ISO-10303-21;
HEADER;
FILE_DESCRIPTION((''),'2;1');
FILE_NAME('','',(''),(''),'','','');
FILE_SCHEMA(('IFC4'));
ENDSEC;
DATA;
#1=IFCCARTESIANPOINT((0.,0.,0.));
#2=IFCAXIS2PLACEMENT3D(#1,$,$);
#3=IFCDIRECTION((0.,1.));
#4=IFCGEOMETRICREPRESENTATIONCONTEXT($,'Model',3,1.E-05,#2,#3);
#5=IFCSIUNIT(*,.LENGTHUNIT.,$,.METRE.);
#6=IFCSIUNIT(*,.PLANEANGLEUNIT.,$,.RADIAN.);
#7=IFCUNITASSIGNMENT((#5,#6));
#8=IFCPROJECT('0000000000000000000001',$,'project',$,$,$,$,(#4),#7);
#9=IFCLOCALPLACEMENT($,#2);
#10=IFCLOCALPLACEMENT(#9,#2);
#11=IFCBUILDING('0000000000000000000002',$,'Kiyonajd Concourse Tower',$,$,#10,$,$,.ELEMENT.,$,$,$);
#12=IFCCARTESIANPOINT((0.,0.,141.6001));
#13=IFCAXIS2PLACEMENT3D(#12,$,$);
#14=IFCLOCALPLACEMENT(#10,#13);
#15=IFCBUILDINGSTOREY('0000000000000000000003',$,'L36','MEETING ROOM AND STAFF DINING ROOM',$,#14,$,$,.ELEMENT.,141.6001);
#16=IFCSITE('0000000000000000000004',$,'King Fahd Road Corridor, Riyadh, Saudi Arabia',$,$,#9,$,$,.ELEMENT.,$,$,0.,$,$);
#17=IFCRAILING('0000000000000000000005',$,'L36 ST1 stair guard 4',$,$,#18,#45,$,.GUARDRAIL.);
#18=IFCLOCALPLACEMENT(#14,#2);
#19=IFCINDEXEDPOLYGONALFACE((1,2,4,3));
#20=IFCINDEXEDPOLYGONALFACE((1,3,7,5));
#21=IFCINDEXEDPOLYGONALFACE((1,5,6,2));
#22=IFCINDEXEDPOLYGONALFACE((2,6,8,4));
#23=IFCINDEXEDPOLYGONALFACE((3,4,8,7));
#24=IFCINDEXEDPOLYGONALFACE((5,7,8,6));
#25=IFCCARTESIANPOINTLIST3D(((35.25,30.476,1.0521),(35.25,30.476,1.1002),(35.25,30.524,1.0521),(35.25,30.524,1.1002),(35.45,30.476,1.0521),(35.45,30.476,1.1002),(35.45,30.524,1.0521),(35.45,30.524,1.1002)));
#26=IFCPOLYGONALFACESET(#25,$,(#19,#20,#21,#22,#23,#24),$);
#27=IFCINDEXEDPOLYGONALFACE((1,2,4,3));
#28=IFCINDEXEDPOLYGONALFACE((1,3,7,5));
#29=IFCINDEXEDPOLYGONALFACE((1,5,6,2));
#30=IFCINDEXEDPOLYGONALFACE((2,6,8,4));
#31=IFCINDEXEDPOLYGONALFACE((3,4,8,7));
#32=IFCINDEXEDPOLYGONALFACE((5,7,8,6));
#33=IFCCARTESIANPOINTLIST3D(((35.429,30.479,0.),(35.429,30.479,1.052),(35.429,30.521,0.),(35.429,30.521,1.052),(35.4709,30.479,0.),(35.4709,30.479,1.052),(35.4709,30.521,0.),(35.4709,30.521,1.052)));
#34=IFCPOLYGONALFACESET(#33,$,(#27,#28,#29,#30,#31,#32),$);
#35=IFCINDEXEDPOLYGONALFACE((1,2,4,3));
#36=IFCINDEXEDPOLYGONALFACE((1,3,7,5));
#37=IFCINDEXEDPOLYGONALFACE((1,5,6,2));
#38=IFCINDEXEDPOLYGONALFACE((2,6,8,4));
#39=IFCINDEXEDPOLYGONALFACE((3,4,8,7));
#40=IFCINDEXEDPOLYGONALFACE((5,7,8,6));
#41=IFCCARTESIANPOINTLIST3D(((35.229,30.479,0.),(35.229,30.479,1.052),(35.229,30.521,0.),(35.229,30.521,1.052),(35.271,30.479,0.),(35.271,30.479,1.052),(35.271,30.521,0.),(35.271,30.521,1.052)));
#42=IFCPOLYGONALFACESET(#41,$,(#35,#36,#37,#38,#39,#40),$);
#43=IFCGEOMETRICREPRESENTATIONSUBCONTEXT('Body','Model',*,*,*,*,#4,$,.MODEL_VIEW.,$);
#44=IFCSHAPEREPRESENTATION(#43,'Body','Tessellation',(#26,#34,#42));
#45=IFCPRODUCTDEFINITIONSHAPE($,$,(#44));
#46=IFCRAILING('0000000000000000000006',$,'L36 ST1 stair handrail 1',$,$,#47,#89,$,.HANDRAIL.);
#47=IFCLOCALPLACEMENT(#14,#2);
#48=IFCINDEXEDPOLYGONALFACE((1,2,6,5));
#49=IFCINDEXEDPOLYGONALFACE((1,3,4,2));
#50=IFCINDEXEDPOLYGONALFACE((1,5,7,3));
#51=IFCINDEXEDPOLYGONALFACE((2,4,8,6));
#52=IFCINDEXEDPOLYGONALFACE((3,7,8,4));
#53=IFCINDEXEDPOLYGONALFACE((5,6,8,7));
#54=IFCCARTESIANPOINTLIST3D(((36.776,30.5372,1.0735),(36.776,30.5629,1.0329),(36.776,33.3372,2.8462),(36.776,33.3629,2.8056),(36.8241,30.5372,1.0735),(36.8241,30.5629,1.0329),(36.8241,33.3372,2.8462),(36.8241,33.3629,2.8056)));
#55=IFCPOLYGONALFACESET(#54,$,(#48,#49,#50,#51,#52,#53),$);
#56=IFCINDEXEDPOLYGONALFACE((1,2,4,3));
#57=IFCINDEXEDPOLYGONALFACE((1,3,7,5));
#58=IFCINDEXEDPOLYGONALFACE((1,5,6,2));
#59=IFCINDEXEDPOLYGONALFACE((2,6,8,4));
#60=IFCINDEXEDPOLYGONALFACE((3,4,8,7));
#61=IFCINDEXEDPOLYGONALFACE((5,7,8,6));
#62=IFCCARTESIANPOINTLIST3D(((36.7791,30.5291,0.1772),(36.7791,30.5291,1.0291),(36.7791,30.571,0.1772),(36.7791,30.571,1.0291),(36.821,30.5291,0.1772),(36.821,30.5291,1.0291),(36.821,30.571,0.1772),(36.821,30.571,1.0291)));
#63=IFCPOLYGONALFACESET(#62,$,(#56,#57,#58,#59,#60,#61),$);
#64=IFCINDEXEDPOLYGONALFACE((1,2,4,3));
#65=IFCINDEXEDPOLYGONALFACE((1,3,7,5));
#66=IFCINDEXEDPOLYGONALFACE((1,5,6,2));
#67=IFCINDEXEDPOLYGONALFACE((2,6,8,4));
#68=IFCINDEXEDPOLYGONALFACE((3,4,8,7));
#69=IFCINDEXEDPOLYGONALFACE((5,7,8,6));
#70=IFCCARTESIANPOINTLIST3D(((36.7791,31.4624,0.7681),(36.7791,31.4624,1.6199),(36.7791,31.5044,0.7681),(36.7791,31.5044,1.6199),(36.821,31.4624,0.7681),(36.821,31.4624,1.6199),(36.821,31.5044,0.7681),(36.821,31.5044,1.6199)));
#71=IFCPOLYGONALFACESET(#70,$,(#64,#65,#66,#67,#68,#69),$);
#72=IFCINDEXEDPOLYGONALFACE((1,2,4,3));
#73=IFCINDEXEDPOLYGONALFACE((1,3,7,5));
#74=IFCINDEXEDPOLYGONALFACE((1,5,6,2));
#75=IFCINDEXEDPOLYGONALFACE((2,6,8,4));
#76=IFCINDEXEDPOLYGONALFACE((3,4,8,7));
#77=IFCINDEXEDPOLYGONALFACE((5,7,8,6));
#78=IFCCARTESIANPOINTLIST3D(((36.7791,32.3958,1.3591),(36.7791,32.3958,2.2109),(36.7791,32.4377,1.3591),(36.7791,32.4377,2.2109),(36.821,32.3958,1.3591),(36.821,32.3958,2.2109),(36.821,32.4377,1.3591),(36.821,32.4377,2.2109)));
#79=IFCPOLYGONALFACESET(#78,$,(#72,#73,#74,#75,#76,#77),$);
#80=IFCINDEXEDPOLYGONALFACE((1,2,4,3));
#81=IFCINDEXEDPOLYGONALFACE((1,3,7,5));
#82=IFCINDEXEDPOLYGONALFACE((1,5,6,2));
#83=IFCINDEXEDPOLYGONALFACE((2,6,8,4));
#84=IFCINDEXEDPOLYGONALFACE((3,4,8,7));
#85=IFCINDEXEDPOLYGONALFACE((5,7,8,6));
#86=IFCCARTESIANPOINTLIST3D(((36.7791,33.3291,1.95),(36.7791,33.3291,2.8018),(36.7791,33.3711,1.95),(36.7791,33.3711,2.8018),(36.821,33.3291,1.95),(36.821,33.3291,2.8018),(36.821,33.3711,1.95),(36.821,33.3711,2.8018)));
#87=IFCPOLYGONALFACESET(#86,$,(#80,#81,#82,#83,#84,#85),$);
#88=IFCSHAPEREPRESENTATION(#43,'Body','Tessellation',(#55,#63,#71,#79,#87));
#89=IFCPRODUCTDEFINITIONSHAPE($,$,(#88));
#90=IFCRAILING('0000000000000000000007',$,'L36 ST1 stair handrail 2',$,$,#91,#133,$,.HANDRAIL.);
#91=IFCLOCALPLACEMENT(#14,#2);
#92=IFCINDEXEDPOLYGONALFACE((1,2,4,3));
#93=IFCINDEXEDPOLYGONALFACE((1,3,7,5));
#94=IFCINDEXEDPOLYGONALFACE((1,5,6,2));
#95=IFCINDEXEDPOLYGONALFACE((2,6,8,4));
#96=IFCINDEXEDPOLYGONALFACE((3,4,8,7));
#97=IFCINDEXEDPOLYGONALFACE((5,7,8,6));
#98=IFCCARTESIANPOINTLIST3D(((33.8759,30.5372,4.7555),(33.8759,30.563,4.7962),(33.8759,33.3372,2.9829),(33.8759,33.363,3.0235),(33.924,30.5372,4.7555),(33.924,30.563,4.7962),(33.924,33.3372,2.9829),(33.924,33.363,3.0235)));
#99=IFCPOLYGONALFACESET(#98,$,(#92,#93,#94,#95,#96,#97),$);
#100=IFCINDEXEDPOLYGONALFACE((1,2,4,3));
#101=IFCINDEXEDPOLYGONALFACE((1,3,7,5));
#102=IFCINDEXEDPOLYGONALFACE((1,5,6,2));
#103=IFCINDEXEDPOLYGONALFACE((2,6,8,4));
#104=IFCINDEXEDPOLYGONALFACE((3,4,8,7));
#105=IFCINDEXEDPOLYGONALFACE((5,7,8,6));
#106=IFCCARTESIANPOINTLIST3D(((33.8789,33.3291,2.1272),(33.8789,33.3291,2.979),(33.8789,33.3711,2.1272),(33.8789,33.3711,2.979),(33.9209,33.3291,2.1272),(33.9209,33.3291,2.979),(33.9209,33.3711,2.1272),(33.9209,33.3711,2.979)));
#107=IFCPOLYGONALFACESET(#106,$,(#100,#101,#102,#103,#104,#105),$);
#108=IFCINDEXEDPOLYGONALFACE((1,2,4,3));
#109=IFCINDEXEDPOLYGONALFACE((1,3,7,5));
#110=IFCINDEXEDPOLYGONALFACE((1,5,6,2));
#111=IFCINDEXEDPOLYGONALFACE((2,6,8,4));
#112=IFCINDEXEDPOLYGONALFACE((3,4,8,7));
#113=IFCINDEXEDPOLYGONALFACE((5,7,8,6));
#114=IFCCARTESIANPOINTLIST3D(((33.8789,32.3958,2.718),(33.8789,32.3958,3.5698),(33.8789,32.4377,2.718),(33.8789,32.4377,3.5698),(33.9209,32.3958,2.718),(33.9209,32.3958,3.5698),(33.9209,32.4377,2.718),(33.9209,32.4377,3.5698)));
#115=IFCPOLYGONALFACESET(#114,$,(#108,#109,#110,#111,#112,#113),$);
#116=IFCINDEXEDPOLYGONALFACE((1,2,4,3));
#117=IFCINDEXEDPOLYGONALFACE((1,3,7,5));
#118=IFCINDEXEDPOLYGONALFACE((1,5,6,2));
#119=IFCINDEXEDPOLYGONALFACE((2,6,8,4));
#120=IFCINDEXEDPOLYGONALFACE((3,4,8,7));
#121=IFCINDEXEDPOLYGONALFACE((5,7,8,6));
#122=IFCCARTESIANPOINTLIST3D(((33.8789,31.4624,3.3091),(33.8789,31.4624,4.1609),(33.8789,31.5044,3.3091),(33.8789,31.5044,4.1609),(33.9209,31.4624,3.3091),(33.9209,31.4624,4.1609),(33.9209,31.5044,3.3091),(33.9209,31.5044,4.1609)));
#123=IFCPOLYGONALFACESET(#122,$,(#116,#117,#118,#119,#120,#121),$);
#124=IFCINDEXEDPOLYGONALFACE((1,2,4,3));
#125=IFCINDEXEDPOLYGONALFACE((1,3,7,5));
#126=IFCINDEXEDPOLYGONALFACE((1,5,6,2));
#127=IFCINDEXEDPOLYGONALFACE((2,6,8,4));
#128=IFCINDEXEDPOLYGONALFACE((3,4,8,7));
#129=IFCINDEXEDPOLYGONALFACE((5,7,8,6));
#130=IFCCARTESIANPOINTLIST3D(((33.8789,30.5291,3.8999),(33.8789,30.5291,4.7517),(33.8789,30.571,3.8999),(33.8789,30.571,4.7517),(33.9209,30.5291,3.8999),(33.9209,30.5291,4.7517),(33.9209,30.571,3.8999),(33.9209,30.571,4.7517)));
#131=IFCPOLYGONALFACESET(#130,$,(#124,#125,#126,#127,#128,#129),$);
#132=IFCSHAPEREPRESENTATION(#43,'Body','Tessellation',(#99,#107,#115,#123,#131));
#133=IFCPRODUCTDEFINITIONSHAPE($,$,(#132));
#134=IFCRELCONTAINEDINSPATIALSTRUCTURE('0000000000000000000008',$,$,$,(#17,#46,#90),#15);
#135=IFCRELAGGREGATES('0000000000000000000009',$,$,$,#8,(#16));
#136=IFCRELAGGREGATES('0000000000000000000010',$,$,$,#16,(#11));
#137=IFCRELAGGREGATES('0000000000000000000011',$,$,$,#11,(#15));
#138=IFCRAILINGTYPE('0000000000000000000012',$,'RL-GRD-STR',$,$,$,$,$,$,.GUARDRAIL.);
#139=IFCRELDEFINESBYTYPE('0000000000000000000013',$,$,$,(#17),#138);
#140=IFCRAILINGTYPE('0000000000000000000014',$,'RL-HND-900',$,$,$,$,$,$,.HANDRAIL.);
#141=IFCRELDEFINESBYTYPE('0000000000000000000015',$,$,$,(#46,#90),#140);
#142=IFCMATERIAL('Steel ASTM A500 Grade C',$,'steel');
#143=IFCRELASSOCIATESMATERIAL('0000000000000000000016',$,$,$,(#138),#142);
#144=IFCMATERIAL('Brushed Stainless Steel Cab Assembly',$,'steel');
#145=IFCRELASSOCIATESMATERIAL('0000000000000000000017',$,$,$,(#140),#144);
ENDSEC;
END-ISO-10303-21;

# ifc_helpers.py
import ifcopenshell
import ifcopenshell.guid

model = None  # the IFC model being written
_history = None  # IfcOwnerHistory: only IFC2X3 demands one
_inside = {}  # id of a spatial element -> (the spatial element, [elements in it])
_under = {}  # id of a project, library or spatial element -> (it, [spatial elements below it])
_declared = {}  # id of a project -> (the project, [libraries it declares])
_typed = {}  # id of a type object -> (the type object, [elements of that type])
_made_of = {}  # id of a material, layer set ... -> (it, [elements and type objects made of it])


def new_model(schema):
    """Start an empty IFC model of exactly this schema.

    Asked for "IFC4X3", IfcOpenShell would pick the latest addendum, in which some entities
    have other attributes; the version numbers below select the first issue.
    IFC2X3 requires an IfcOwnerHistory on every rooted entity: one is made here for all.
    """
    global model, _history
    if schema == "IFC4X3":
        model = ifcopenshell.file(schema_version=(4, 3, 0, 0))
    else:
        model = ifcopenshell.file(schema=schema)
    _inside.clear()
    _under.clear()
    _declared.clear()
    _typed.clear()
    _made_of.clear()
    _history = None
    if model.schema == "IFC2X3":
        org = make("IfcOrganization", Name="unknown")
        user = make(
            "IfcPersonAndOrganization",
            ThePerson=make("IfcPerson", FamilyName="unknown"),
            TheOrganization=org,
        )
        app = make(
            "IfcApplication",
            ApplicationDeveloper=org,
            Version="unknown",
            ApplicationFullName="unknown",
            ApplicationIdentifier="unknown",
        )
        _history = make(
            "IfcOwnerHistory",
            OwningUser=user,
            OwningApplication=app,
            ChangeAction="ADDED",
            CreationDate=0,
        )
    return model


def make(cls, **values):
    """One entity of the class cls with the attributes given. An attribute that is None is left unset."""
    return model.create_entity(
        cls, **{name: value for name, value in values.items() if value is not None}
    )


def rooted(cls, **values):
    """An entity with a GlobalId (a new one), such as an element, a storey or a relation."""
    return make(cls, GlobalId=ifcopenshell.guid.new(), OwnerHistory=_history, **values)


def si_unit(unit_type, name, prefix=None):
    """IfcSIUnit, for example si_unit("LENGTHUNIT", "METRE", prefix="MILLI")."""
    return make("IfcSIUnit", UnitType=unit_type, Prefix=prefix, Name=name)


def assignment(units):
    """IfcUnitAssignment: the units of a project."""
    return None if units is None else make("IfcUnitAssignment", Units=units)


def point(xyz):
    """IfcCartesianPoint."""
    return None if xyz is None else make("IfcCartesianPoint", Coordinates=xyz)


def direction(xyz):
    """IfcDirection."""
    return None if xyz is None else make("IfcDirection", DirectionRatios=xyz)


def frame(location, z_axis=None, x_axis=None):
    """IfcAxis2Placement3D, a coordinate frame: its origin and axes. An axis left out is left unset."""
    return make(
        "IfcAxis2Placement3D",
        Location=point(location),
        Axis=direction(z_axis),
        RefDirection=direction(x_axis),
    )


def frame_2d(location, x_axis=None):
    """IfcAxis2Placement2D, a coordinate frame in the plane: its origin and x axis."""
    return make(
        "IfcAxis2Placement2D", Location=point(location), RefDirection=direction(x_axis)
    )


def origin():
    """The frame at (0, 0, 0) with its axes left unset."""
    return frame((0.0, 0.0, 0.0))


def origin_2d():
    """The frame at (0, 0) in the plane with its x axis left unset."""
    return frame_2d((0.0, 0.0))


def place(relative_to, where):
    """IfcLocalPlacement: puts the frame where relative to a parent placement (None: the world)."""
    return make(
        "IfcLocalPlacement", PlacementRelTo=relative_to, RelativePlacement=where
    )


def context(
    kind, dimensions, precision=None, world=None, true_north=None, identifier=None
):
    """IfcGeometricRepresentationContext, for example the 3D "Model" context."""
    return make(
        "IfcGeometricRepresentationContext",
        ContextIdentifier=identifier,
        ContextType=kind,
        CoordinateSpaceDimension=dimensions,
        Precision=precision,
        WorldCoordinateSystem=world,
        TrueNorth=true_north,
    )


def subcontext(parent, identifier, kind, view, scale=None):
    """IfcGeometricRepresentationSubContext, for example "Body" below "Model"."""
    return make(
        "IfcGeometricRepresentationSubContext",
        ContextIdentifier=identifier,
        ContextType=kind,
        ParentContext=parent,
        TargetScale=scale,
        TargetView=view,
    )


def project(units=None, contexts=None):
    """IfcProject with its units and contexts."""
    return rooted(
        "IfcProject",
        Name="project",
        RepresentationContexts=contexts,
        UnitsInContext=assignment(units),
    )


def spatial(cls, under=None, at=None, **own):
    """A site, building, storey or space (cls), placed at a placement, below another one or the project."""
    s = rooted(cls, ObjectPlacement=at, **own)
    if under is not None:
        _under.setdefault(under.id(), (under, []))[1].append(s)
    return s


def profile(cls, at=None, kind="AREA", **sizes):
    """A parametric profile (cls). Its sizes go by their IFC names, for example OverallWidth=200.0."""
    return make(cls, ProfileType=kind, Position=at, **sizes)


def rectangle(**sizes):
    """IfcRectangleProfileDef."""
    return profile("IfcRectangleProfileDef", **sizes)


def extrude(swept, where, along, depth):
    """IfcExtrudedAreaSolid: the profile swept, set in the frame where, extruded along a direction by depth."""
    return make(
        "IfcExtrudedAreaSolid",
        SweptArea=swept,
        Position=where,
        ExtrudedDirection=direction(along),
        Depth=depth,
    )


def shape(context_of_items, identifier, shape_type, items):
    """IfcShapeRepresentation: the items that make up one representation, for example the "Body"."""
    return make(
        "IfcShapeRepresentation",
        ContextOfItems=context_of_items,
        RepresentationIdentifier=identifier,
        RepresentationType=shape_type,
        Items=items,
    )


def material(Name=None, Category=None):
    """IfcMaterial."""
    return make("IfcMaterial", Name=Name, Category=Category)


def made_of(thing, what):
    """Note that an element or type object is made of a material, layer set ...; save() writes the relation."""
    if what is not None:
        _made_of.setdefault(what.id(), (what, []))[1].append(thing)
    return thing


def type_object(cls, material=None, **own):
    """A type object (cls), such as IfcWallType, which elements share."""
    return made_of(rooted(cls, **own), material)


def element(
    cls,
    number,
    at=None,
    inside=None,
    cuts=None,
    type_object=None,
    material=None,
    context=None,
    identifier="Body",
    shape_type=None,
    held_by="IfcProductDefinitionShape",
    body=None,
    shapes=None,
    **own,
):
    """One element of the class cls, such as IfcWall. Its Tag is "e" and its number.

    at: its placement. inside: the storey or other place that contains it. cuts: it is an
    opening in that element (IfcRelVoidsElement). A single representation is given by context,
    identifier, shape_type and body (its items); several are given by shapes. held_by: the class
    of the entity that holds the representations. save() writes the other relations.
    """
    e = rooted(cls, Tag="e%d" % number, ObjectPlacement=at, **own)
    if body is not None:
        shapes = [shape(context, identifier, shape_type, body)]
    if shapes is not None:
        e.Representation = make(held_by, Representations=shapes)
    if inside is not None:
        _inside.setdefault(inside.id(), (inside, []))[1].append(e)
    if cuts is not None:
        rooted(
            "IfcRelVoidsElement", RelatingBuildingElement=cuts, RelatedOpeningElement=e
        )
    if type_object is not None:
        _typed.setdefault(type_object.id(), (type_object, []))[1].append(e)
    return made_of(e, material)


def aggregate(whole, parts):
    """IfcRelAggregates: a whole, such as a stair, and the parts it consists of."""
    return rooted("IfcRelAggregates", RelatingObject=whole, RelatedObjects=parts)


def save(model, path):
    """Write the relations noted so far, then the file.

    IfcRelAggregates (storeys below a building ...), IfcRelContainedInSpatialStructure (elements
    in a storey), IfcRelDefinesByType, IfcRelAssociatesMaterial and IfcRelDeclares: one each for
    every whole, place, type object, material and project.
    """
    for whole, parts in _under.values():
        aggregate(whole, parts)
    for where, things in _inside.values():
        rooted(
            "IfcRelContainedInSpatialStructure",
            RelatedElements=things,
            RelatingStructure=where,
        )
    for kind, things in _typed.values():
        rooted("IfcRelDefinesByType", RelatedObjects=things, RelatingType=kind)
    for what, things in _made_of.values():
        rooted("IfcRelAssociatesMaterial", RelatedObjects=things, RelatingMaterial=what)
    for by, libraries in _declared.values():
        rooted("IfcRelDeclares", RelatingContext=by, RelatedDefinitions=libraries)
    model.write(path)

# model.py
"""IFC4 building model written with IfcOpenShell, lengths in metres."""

from ifc_helpers import new_model, si_unit, direction, frame, origin, origin_2d, place, context, subcontext, project, spatial, rectangle, extrude, material, type_object, element, save


model = new_model("IFC4")

# Units and contexts
model_context = context("Model", 3, precision=1e-05, world=origin(), true_north=direction((0.0, 1.0)))
body_context = subcontext(model_context, "Body", "Model", "MODEL_VIEW")
ifc_project = project(units=[si_unit("LENGTHUNIT", "METRE"), si_unit("PLANEANGLEUNIT", "RADIAN")], contexts=[model_context])

# Site, building, storey
site_placement = place(None, origin())
site = spatial("IfcSite", under=ifc_project, at=site_placement, Name="King Fahd Road Corridor, Riyadh, Saudi Arabia", CompositionType="ELEMENT", RefElevation=0.0)
building_placement = place(site_placement, origin())
building = spatial("IfcBuilding", under=site, at=building_placement, Name="Kiyonajd Concourse Tower", CompositionType="ELEMENT")
storey_placement = place(building_placement, frame((0.0, 0.0, 141.6001)))
storey = spatial("IfcBuildingStorey", under=building, at=storey_placement, Name="L36", Description="MEETING ROOM AND STAFF DINING ROOM", CompositionType="ELEMENT", Elevation=141.6001)

# Shared definitions
ifc_material_1 = material(Name="Brushed Stainless Steel Cab Assembly", Category="steel")

# Railings
ifc_material_2 = material(Name="Steel ASTM A500 Grade C", Category="steel")
railing_type_1 = type_object("IfcRailingType", Name="RL-GRD-STR", PredefinedType="GUARDRAIL", material=ifc_material_2)
railing_1_placement = place(storey_placement, frame((35.45, 30.5, 0.0)))
element("IfcRailing", 1, at=railing_1_placement, inside=storey, type_object=railing_type_1, Name="L36 ST1 stair guard 4", PredefinedType="GUARDRAIL", context=body_context, shape_type="SweptSolid", body=[
    extrude(rectangle(XDim=0.0481, YDim=0.0481, at=origin_2d()), frame((0.0, 0.0, 1.0762), z_axis=(-1.0, 0.0, 0.0), x_axis=(0.0, -1.0, 0.0)), (0.0, 0.0, 1.0), 0.2),
    extrude(rectangle(XDim=0.042, YDim=0.042, at=origin_2d()), origin(), (0.0, 0.0, 1.0), 1.052),
    extrude(rectangle(XDim=0.042, YDim=0.042, at=origin_2d()), frame((-0.2, 0.0, 0.0)), (0.0, 0.0, 1.0), 1.052),
])
railing_type_2 = type_object("IfcRailingType", Name="RL-HND-900", PredefinedType="HANDRAIL", material=ifc_material_1)
railing_2_placement = place(storey_placement, frame((36.8, 30.55, 0.1772)))
element("IfcRailing", 2, at=railing_2_placement, inside=storey, type_object=railing_type_2, Name="L36 ST1 stair handrail 1", PredefinedType="HANDRAIL", context=body_context, shape_type="SweptSolid", body=[
    extrude(rectangle(XDim=0.0481, YDim=0.0481, at=origin_2d()), frame((0.0, 0.0, 0.876), z_axis=(0.0, 0.844909, 0.53491), x_axis=(-1.0, 0.0, 0.0)), (0.0, 0.0, 1.0), 3.314),
    extrude(rectangle(XDim=0.042, YDim=0.042, at=origin_2d()), origin(), (0.0, 0.0, 1.0), 0.8518),
    extrude(rectangle(XDim=0.042, YDim=0.042, at=origin_2d()), frame((0.0, 0.9333, 0.5908)), (0.0, 0.0, 1.0), 0.8518),
    extrude(rectangle(XDim=0.042, YDim=0.042, at=origin_2d()), frame((0.0, 1.8667, 1.1819)), (0.0, 0.0, 1.0), 0.8518),
    extrude(rectangle(XDim=0.042, YDim=0.042, at=origin_2d()), frame((0.0, 2.8, 1.7727)), (0.0, 0.0, 1.0), 0.8518),
])
railing_3_placement = place(storey_placement, frame((33.8999, 33.3501, 2.1272)))
element("IfcRailing", 3, at=railing_3_placement, inside=storey, type_object=railing_type_2, Name="L36 ST1 stair handrail 2", PredefinedType="HANDRAIL", context=body_context, shape_type="SweptSolid", body=[
    extrude(rectangle(XDim=0.0481, YDim=0.0481, at=origin_2d()), frame((0.0, 0.0, 0.876), z_axis=(0.0, -0.844909, 0.53491), x_axis=(1.0, 0.0, 0.0)), (0.0, 0.0, 1.0), 3.314),
    extrude(rectangle(XDim=0.042, YDim=0.042, at=origin_2d()), origin(), (0.0, 0.0, 1.0), 0.8518),
    extrude(rectangle(XDim=0.042, YDim=0.042, at=origin_2d()), frame((0.0, -0.9333, 0.5908)), (0.0, 0.0, 1.0), 0.8518),
    extrude(rectangle(XDim=0.042, YDim=0.042, at=origin_2d()), frame((0.0, -1.8667, 1.1819)), (0.0, 0.0, 1.0), 0.8518),
    extrude(rectangle(XDim=0.042, YDim=0.042, at=origin_2d()), frame((0.0, -2.8, 1.7727)), (0.0, 0.0, 1.0), 0.8518),
])

save(model, "model.ifc")
